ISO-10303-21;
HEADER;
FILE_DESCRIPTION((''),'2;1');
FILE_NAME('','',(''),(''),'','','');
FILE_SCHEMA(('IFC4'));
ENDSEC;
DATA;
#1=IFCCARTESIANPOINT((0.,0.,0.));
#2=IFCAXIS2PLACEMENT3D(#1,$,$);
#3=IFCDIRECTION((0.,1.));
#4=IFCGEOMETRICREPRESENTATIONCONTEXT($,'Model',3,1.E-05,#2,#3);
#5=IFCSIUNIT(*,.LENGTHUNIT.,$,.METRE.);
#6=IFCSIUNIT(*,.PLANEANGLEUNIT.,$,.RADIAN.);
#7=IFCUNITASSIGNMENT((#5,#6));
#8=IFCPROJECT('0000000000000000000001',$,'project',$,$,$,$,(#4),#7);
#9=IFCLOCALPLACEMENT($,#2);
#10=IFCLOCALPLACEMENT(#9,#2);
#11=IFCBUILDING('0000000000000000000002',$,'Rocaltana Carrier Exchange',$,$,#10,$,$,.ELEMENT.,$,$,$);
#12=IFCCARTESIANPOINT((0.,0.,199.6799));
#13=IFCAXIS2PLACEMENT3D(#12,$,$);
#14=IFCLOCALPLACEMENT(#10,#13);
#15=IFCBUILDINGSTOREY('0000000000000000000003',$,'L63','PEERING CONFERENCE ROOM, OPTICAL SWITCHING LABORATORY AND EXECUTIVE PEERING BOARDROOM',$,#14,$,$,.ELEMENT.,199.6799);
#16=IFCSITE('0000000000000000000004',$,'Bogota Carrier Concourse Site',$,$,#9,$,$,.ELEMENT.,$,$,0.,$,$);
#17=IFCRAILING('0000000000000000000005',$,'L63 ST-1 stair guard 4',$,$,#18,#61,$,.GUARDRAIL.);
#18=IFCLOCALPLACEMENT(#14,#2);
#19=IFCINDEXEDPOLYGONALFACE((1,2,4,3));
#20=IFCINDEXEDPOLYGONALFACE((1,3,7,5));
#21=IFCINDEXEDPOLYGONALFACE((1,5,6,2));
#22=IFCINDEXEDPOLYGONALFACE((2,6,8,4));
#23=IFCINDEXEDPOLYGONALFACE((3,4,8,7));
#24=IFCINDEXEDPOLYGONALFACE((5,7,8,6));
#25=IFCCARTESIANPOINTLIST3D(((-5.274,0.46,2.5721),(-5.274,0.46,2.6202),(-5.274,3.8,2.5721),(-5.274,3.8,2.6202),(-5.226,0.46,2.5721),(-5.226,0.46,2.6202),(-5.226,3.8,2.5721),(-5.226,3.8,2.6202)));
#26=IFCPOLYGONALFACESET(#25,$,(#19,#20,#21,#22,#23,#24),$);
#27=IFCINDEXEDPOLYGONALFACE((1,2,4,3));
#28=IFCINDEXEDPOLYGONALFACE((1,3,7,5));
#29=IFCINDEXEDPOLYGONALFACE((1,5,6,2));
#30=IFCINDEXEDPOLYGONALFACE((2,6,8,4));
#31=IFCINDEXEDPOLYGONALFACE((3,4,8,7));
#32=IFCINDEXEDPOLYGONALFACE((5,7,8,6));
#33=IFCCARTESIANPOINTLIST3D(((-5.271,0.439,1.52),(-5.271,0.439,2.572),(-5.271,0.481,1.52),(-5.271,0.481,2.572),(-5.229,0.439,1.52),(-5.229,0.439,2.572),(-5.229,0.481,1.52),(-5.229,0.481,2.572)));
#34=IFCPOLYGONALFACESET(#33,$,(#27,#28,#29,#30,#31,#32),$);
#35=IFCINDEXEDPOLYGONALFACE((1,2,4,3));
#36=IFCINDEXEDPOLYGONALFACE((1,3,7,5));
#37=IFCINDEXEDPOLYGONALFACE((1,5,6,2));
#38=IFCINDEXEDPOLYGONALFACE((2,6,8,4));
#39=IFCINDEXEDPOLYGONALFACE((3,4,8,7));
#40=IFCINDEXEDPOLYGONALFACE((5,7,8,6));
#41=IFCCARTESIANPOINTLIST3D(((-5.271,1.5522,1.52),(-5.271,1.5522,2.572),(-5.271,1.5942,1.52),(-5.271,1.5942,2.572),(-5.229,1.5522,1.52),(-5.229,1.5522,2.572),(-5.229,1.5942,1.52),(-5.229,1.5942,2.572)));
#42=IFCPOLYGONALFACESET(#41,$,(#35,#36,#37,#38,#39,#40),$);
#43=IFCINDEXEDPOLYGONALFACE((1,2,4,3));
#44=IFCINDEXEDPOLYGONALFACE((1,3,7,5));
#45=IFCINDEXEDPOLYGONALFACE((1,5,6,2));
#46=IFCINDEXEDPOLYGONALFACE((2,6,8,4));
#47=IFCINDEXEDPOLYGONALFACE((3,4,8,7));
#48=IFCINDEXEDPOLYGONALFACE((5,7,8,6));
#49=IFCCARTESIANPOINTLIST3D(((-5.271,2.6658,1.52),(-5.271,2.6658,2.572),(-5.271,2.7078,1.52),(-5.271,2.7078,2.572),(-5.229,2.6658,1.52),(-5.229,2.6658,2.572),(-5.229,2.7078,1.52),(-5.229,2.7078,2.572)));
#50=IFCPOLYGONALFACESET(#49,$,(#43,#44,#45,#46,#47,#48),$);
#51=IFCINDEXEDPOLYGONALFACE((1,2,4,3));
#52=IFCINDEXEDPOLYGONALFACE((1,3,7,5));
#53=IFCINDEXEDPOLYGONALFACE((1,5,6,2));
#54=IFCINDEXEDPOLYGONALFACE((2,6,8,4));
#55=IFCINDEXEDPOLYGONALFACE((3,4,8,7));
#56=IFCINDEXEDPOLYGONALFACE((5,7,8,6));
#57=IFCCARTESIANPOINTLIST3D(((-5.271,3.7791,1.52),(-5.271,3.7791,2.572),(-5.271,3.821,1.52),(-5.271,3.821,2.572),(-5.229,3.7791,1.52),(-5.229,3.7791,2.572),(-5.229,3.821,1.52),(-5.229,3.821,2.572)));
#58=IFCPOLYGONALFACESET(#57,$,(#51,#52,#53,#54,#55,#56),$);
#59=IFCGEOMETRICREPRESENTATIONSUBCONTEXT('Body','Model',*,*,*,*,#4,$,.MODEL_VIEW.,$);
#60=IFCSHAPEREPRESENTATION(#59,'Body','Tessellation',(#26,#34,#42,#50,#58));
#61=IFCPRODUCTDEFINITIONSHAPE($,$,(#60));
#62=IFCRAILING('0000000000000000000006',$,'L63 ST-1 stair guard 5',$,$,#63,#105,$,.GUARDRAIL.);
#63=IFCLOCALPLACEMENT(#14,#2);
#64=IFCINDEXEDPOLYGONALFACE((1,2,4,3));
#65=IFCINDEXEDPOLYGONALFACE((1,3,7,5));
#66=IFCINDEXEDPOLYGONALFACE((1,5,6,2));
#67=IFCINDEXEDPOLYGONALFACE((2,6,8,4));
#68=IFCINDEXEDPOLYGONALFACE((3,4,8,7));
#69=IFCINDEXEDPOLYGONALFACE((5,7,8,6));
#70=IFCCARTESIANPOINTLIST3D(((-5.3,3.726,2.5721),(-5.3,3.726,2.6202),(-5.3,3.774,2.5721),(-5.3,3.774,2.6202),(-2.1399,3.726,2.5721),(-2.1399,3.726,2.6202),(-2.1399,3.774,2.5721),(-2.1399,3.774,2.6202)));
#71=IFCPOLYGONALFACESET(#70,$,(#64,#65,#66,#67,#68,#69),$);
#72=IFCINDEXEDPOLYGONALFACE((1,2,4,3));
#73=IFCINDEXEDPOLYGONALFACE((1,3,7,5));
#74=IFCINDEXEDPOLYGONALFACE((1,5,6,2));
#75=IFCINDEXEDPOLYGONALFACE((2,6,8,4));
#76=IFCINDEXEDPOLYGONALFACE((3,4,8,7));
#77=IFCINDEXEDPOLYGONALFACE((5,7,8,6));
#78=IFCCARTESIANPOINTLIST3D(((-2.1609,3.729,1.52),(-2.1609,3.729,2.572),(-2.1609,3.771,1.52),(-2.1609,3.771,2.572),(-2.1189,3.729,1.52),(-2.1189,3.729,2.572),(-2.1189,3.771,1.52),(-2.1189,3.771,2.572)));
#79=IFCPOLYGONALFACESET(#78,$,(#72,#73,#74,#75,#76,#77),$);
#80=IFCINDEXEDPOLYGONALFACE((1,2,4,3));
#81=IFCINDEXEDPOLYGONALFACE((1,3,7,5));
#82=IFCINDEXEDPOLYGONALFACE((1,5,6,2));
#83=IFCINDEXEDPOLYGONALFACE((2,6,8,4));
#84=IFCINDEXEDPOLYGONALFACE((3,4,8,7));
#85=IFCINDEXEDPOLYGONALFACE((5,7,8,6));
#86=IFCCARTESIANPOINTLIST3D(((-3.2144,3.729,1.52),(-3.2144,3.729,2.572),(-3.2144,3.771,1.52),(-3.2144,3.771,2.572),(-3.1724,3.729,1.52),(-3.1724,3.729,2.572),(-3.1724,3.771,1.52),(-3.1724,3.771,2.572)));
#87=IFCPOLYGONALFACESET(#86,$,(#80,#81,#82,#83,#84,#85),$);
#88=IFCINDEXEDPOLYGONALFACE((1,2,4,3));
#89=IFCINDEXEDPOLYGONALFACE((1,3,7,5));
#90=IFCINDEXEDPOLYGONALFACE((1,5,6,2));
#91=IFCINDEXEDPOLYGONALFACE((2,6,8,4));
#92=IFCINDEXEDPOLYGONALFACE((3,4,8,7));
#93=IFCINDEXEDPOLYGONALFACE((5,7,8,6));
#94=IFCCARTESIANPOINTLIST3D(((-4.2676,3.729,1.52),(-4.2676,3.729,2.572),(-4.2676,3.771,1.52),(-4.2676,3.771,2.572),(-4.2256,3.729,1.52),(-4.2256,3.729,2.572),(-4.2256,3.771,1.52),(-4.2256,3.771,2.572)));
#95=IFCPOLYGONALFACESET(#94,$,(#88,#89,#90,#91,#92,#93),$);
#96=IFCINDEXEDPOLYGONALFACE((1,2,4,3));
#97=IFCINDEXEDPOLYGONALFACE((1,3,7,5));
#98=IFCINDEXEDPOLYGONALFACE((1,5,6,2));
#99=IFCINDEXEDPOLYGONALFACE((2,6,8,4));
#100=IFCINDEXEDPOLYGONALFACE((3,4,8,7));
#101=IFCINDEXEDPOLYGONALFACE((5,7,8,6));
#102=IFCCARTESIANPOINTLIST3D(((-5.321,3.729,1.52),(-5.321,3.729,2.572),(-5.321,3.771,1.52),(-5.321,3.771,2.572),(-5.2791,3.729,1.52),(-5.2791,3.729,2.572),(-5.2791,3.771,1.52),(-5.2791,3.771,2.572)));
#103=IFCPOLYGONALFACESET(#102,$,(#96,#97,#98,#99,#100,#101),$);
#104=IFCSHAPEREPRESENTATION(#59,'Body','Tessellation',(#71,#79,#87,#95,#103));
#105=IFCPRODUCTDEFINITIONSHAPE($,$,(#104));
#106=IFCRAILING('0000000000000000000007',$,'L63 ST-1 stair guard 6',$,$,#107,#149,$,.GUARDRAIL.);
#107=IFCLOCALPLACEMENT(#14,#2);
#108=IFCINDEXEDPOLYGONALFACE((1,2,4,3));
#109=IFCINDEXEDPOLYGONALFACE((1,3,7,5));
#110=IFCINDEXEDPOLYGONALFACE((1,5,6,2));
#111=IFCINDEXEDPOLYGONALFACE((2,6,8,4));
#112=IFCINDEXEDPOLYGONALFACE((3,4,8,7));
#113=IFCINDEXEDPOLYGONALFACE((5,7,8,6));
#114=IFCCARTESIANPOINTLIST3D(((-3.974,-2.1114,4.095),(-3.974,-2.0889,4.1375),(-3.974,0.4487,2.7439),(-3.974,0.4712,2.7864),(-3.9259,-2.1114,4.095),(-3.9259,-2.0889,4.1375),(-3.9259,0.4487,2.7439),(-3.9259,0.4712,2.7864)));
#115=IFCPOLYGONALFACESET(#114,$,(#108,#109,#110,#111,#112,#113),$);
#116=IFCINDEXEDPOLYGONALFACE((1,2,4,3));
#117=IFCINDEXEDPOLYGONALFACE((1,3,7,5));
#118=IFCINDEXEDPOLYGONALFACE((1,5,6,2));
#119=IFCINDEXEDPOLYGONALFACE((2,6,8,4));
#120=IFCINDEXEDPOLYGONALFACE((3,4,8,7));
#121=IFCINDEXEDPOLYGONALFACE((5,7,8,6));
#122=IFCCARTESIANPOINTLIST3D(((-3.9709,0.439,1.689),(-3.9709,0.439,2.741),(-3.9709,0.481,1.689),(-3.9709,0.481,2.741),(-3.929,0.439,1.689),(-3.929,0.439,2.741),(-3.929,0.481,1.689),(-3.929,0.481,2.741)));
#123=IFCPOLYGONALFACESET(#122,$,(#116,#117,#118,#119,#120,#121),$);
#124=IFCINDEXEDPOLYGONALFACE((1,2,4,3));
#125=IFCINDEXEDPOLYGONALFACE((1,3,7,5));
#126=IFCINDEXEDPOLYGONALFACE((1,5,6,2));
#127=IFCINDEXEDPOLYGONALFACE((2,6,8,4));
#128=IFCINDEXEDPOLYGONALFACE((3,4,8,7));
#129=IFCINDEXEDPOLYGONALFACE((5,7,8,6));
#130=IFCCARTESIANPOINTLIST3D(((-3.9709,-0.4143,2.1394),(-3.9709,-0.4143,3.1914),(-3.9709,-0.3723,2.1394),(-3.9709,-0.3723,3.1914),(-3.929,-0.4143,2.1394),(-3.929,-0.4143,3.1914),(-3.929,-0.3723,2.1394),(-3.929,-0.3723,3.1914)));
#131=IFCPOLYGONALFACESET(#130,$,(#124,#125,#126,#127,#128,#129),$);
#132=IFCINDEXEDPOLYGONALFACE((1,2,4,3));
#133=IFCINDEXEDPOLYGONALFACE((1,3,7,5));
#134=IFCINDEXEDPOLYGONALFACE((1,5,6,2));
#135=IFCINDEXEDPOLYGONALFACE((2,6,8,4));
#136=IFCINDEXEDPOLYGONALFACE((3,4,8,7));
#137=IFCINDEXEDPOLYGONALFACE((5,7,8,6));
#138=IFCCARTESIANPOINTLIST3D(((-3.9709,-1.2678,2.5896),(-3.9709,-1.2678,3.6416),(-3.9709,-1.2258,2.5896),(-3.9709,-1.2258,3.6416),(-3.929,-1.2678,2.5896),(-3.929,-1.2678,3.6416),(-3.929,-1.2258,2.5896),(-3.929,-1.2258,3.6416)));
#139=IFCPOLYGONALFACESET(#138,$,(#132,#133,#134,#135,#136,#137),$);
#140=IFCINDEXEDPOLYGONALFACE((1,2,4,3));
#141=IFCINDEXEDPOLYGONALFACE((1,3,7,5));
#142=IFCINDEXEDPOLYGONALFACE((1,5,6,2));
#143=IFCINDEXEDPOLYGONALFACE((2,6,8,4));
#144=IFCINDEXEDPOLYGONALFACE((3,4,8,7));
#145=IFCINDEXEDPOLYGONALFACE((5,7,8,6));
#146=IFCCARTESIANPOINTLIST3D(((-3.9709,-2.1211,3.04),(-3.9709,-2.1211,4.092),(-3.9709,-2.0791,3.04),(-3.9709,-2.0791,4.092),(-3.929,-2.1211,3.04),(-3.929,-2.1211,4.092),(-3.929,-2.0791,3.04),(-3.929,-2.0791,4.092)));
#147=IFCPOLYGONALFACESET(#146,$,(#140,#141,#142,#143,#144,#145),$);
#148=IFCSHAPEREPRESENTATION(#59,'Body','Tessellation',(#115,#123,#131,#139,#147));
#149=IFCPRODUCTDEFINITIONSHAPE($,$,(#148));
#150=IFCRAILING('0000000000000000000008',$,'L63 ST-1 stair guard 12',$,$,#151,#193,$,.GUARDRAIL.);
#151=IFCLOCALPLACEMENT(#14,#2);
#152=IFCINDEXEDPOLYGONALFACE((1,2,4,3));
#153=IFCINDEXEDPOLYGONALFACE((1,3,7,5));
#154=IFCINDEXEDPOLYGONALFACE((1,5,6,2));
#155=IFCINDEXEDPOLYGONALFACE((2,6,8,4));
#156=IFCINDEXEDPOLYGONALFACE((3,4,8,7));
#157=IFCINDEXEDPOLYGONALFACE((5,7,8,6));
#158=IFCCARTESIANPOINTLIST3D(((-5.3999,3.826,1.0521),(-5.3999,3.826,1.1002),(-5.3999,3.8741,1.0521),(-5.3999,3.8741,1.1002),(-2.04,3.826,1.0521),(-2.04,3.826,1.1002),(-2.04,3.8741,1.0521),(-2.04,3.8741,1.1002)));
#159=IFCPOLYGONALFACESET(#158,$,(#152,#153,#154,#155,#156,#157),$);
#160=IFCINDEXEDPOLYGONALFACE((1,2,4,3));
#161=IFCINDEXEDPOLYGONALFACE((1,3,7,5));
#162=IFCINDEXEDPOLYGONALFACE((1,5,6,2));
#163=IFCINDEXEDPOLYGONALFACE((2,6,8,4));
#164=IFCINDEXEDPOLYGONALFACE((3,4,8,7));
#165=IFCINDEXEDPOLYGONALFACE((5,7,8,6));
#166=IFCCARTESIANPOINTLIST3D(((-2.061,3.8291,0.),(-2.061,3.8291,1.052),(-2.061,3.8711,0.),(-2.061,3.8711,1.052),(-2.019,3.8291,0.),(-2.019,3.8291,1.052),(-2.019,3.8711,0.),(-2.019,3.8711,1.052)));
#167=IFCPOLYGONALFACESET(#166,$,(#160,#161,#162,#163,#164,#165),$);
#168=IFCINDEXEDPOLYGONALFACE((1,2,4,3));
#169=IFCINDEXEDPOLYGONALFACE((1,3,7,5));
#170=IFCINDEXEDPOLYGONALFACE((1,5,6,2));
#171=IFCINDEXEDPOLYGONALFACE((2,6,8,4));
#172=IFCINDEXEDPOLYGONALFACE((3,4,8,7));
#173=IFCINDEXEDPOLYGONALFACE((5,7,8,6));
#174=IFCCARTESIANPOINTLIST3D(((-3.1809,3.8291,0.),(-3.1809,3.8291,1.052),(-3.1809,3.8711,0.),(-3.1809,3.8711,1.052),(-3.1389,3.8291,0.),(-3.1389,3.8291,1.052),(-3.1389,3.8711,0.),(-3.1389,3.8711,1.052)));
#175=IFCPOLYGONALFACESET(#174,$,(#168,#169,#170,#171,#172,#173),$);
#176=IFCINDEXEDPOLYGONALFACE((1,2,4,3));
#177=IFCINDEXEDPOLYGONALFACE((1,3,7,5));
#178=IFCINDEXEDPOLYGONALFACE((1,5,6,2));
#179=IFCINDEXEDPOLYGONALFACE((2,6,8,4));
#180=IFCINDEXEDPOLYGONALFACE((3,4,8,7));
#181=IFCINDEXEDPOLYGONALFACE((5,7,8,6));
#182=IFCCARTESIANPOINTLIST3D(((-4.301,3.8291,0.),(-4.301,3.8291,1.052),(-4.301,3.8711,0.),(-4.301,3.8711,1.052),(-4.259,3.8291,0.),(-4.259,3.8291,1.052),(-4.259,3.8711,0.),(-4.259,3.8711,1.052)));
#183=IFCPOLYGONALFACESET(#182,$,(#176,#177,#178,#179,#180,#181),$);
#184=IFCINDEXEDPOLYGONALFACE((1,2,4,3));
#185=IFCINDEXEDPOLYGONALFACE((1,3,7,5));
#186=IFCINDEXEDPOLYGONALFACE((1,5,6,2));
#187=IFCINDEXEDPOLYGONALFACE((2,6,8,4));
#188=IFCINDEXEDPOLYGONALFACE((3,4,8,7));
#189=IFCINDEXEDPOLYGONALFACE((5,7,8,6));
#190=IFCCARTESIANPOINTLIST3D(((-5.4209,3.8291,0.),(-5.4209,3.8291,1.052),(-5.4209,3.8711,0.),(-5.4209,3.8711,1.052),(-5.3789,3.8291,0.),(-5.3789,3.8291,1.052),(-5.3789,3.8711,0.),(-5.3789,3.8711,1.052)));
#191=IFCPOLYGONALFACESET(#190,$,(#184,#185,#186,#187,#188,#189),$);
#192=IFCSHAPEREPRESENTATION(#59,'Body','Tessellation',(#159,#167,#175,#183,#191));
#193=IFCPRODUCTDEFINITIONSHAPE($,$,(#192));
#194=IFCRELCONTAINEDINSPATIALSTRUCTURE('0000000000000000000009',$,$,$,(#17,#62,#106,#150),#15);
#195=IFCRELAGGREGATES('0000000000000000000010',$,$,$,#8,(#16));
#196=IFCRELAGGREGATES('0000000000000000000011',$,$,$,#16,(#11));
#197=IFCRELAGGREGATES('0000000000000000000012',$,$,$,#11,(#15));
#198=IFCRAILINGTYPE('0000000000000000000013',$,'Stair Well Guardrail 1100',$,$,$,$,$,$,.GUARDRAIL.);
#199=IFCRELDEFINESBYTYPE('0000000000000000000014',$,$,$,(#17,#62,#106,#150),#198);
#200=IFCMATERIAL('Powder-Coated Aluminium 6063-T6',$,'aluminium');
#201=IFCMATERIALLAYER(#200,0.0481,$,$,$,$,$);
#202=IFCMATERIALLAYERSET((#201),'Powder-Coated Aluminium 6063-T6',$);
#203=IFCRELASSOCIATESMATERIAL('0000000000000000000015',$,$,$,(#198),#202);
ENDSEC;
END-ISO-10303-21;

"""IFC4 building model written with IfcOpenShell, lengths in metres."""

from ifc_helpers import new_model, si_unit, direction, frame, origin, origin_2d, place, context, subcontext, project, spatial, rectangle, extrude, material, layer, layer_set, type_object, element, save


model = new_model("IFC4")

# Units and contexts
model_context = context("Model", 3, precision=1e-05, world=origin(), true_north=direction((0.0, 1.0)))
body_context = subcontext(model_context, "Body", "Model", "MODEL_VIEW")
ifc_project = project(units=[si_unit("LENGTHUNIT", "METRE"), si_unit("PLANEANGLEUNIT", "RADIAN")], contexts=[model_context])

# Site, building, storey
site_placement = place(None, origin())
site = spatial("IfcSite", under=ifc_project, at=site_placement, Name="Bogota Carrier Concourse Site", CompositionType="ELEMENT", RefElevation=0.0)
building_placement = place(site_placement, origin())
building = spatial("IfcBuilding", under=site, at=building_placement, Name="Rocaltana Carrier Exchange", CompositionType="ELEMENT")
storey_placement = place(building_placement, frame((0.0, 0.0, 199.6799)))
storey = spatial("IfcBuildingStorey", under=building, at=storey_placement, Name="L63", Description="PEERING CONFERENCE ROOM, OPTICAL SWITCHING LABORATORY AND EXECUTIVE PEERING BOARDROOM", CompositionType="ELEMENT", Elevation=199.6799)

# Railings
ifc_material_1 = material(Name="Powder-Coated Aluminium 6063-T6", Category="aluminium")
ifc_layer_1 = layer(ifc_material_1, 0.0481)
ifc_layer_set_1 = layer_set([ifc_layer_1], Name="Powder-Coated Aluminium 6063-T6")
railing_type_1 = type_object("IfcRailingType", Name="Stair Well Guardrail 1100", PredefinedType="GUARDRAIL", material=ifc_layer_set_1)
for number, where, name in (
    (1, (-5.25, 0.46, 1.52), "L63 ST-1 stair guard 4"),
):
    element("IfcRailing", number, at=place(storey_placement, frame(where)), inside=storey, type_object=railing_type_1, Name=name, PredefinedType="GUARDRAIL", context=body_context, shape_type="SweptSolid", body=[
        extrude(rectangle(XDim=0.0481, YDim=0.0481, at=origin_2d()), frame((0.0, 0.0, 1.0762), z_axis=(0.0, 1.0, 0.0), x_axis=(-1.0, 0.0, 0.0)), (0.0, 0.0, 1.0), 3.3401),
        extrude(rectangle(XDim=0.042, YDim=0.042, at=origin_2d()), origin(), (0.0, 0.0, 1.0), 1.052),
        extrude(rectangle(XDim=0.042, YDim=0.042, at=origin_2d()), frame((0.0, 1.1133, 0.0)), (0.0, 0.0, 1.0), 1.052),
        extrude(rectangle(XDim=0.042, YDim=0.042, at=origin_2d()), frame((0.0, 2.2268, 0.0)), (0.0, 0.0, 1.0), 1.052),
        extrude(rectangle(XDim=0.042, YDim=0.042, at=origin_2d()), frame((0.0, 3.3401, 0.0)), (0.0, 0.0, 1.0), 1.052),
    ])
railing_1_placement = place(storey_placement, frame((-2.1399, 3.75, 1.52)))
element("IfcRailing", 2, at=railing_1_placement, inside=storey, type_object=railing_type_1, Name="L63 ST-1 stair guard 5", PredefinedType="GUARDRAIL", context=body_context, shape_type="SweptSolid", body=[
    extrude(rectangle(XDim=0.0481, YDim=0.0481, at=origin_2d()), frame((0.0, 0.0, 1.0762), z_axis=(-1.0, 0.0, 0.0), x_axis=(0.0, -1.0, 0.0)), (0.0, 0.0, 1.0), 3.1602),
    extrude(rectangle(XDim=0.042, YDim=0.042, at=origin_2d()), origin(), (0.0, 0.0, 1.0), 1.052),
    extrude(rectangle(XDim=0.042, YDim=0.042, at=origin_2d()), frame((-1.0535, 0.0, 0.0)), (0.0, 0.0, 1.0), 1.052),
    extrude(rectangle(XDim=0.042, YDim=0.042, at=origin_2d()), frame((-2.1067, 0.0, 0.0)), (0.0, 0.0, 1.0), 1.052),
    extrude(rectangle(XDim=0.042, YDim=0.042, at=origin_2d()), frame((-3.1602, 0.0, 0.0)), (0.0, 0.0, 1.0), 1.052),
])
railing_2_placement = place(storey_placement, frame((-3.95, 0.46, 1.689)))
element("IfcRailing", 3, at=railing_2_placement, inside=storey, type_object=railing_type_1, Name="L63 ST-1 stair guard 6", PredefinedType="GUARDRAIL", context=body_context, shape_type="SweptSolid", body=[
    extrude(rectangle(XDim=0.0481, YDim=0.0481, at=origin_2d()), frame((0.0, 0.0, 1.0762), z_axis=(0.0, -0.884394, 0.46674), x_axis=(1.0, 0.0, 0.0)), (0.0, 0.0, 1.0), 2.8948),
    extrude(rectangle(XDim=0.042, YDim=0.042, at=origin_2d()), origin(), (0.0, 0.0, 1.0), 1.052),
    extrude(rectangle(XDim=0.042, YDim=0.042, at=origin_2d()), frame((0.0, -0.8533, 0.4504)), (0.0, 0.0, 1.0), 1.052),
    extrude(rectangle(XDim=0.042, YDim=0.042, at=origin_2d()), frame((0.0, -1.7068, 0.9006)), (0.0, 0.0, 1.0), 1.052),
    extrude(rectangle(XDim=0.042, YDim=0.042, at=origin_2d()), frame((0.0, -2.5601, 1.3511)), (0.0, 0.0, 1.0), 1.052),
])
railing_3_placement = place(storey_placement, frame((-2.04, 3.8501, 0.0)))
element("IfcRailing", 4, at=railing_3_placement, inside=storey, type_object=railing_type_1, Name="L63 ST-1 stair guard 12", PredefinedType="GUARDRAIL", context=body_context, shape_type="SweptSolid", body=[
    extrude(rectangle(XDim=0.0481, YDim=0.0481, at=origin_2d()), frame((0.0, 0.0, 1.0762), z_axis=(-1.0, 0.0, 0.0), x_axis=(0.0, -1.0, 0.0)), (0.0, 0.0, 1.0), 3.3599),
    extrude(rectangle(XDim=0.042, YDim=0.042, at=origin_2d()), origin(), (0.0, 0.0, 1.0), 1.052),
    extrude(rectangle(XDim=0.042, YDim=0.042, at=origin_2d()), frame((-1.1199, 0.0, 0.0)), (0.0, 0.0, 1.0), 1.052),
    extrude(rectangle(XDim=0.042, YDim=0.042, at=origin_2d()), frame((-2.24, 0.0, 0.0)), (0.0, 0.0, 1.0), 1.052),
    extrude(rectangle(XDim=0.042, YDim=0.042, at=origin_2d()), frame((-3.3599, 0.0, 0.0)), (0.0, 0.0, 1.0), 1.052),
])

save(model, "model.ifc")
